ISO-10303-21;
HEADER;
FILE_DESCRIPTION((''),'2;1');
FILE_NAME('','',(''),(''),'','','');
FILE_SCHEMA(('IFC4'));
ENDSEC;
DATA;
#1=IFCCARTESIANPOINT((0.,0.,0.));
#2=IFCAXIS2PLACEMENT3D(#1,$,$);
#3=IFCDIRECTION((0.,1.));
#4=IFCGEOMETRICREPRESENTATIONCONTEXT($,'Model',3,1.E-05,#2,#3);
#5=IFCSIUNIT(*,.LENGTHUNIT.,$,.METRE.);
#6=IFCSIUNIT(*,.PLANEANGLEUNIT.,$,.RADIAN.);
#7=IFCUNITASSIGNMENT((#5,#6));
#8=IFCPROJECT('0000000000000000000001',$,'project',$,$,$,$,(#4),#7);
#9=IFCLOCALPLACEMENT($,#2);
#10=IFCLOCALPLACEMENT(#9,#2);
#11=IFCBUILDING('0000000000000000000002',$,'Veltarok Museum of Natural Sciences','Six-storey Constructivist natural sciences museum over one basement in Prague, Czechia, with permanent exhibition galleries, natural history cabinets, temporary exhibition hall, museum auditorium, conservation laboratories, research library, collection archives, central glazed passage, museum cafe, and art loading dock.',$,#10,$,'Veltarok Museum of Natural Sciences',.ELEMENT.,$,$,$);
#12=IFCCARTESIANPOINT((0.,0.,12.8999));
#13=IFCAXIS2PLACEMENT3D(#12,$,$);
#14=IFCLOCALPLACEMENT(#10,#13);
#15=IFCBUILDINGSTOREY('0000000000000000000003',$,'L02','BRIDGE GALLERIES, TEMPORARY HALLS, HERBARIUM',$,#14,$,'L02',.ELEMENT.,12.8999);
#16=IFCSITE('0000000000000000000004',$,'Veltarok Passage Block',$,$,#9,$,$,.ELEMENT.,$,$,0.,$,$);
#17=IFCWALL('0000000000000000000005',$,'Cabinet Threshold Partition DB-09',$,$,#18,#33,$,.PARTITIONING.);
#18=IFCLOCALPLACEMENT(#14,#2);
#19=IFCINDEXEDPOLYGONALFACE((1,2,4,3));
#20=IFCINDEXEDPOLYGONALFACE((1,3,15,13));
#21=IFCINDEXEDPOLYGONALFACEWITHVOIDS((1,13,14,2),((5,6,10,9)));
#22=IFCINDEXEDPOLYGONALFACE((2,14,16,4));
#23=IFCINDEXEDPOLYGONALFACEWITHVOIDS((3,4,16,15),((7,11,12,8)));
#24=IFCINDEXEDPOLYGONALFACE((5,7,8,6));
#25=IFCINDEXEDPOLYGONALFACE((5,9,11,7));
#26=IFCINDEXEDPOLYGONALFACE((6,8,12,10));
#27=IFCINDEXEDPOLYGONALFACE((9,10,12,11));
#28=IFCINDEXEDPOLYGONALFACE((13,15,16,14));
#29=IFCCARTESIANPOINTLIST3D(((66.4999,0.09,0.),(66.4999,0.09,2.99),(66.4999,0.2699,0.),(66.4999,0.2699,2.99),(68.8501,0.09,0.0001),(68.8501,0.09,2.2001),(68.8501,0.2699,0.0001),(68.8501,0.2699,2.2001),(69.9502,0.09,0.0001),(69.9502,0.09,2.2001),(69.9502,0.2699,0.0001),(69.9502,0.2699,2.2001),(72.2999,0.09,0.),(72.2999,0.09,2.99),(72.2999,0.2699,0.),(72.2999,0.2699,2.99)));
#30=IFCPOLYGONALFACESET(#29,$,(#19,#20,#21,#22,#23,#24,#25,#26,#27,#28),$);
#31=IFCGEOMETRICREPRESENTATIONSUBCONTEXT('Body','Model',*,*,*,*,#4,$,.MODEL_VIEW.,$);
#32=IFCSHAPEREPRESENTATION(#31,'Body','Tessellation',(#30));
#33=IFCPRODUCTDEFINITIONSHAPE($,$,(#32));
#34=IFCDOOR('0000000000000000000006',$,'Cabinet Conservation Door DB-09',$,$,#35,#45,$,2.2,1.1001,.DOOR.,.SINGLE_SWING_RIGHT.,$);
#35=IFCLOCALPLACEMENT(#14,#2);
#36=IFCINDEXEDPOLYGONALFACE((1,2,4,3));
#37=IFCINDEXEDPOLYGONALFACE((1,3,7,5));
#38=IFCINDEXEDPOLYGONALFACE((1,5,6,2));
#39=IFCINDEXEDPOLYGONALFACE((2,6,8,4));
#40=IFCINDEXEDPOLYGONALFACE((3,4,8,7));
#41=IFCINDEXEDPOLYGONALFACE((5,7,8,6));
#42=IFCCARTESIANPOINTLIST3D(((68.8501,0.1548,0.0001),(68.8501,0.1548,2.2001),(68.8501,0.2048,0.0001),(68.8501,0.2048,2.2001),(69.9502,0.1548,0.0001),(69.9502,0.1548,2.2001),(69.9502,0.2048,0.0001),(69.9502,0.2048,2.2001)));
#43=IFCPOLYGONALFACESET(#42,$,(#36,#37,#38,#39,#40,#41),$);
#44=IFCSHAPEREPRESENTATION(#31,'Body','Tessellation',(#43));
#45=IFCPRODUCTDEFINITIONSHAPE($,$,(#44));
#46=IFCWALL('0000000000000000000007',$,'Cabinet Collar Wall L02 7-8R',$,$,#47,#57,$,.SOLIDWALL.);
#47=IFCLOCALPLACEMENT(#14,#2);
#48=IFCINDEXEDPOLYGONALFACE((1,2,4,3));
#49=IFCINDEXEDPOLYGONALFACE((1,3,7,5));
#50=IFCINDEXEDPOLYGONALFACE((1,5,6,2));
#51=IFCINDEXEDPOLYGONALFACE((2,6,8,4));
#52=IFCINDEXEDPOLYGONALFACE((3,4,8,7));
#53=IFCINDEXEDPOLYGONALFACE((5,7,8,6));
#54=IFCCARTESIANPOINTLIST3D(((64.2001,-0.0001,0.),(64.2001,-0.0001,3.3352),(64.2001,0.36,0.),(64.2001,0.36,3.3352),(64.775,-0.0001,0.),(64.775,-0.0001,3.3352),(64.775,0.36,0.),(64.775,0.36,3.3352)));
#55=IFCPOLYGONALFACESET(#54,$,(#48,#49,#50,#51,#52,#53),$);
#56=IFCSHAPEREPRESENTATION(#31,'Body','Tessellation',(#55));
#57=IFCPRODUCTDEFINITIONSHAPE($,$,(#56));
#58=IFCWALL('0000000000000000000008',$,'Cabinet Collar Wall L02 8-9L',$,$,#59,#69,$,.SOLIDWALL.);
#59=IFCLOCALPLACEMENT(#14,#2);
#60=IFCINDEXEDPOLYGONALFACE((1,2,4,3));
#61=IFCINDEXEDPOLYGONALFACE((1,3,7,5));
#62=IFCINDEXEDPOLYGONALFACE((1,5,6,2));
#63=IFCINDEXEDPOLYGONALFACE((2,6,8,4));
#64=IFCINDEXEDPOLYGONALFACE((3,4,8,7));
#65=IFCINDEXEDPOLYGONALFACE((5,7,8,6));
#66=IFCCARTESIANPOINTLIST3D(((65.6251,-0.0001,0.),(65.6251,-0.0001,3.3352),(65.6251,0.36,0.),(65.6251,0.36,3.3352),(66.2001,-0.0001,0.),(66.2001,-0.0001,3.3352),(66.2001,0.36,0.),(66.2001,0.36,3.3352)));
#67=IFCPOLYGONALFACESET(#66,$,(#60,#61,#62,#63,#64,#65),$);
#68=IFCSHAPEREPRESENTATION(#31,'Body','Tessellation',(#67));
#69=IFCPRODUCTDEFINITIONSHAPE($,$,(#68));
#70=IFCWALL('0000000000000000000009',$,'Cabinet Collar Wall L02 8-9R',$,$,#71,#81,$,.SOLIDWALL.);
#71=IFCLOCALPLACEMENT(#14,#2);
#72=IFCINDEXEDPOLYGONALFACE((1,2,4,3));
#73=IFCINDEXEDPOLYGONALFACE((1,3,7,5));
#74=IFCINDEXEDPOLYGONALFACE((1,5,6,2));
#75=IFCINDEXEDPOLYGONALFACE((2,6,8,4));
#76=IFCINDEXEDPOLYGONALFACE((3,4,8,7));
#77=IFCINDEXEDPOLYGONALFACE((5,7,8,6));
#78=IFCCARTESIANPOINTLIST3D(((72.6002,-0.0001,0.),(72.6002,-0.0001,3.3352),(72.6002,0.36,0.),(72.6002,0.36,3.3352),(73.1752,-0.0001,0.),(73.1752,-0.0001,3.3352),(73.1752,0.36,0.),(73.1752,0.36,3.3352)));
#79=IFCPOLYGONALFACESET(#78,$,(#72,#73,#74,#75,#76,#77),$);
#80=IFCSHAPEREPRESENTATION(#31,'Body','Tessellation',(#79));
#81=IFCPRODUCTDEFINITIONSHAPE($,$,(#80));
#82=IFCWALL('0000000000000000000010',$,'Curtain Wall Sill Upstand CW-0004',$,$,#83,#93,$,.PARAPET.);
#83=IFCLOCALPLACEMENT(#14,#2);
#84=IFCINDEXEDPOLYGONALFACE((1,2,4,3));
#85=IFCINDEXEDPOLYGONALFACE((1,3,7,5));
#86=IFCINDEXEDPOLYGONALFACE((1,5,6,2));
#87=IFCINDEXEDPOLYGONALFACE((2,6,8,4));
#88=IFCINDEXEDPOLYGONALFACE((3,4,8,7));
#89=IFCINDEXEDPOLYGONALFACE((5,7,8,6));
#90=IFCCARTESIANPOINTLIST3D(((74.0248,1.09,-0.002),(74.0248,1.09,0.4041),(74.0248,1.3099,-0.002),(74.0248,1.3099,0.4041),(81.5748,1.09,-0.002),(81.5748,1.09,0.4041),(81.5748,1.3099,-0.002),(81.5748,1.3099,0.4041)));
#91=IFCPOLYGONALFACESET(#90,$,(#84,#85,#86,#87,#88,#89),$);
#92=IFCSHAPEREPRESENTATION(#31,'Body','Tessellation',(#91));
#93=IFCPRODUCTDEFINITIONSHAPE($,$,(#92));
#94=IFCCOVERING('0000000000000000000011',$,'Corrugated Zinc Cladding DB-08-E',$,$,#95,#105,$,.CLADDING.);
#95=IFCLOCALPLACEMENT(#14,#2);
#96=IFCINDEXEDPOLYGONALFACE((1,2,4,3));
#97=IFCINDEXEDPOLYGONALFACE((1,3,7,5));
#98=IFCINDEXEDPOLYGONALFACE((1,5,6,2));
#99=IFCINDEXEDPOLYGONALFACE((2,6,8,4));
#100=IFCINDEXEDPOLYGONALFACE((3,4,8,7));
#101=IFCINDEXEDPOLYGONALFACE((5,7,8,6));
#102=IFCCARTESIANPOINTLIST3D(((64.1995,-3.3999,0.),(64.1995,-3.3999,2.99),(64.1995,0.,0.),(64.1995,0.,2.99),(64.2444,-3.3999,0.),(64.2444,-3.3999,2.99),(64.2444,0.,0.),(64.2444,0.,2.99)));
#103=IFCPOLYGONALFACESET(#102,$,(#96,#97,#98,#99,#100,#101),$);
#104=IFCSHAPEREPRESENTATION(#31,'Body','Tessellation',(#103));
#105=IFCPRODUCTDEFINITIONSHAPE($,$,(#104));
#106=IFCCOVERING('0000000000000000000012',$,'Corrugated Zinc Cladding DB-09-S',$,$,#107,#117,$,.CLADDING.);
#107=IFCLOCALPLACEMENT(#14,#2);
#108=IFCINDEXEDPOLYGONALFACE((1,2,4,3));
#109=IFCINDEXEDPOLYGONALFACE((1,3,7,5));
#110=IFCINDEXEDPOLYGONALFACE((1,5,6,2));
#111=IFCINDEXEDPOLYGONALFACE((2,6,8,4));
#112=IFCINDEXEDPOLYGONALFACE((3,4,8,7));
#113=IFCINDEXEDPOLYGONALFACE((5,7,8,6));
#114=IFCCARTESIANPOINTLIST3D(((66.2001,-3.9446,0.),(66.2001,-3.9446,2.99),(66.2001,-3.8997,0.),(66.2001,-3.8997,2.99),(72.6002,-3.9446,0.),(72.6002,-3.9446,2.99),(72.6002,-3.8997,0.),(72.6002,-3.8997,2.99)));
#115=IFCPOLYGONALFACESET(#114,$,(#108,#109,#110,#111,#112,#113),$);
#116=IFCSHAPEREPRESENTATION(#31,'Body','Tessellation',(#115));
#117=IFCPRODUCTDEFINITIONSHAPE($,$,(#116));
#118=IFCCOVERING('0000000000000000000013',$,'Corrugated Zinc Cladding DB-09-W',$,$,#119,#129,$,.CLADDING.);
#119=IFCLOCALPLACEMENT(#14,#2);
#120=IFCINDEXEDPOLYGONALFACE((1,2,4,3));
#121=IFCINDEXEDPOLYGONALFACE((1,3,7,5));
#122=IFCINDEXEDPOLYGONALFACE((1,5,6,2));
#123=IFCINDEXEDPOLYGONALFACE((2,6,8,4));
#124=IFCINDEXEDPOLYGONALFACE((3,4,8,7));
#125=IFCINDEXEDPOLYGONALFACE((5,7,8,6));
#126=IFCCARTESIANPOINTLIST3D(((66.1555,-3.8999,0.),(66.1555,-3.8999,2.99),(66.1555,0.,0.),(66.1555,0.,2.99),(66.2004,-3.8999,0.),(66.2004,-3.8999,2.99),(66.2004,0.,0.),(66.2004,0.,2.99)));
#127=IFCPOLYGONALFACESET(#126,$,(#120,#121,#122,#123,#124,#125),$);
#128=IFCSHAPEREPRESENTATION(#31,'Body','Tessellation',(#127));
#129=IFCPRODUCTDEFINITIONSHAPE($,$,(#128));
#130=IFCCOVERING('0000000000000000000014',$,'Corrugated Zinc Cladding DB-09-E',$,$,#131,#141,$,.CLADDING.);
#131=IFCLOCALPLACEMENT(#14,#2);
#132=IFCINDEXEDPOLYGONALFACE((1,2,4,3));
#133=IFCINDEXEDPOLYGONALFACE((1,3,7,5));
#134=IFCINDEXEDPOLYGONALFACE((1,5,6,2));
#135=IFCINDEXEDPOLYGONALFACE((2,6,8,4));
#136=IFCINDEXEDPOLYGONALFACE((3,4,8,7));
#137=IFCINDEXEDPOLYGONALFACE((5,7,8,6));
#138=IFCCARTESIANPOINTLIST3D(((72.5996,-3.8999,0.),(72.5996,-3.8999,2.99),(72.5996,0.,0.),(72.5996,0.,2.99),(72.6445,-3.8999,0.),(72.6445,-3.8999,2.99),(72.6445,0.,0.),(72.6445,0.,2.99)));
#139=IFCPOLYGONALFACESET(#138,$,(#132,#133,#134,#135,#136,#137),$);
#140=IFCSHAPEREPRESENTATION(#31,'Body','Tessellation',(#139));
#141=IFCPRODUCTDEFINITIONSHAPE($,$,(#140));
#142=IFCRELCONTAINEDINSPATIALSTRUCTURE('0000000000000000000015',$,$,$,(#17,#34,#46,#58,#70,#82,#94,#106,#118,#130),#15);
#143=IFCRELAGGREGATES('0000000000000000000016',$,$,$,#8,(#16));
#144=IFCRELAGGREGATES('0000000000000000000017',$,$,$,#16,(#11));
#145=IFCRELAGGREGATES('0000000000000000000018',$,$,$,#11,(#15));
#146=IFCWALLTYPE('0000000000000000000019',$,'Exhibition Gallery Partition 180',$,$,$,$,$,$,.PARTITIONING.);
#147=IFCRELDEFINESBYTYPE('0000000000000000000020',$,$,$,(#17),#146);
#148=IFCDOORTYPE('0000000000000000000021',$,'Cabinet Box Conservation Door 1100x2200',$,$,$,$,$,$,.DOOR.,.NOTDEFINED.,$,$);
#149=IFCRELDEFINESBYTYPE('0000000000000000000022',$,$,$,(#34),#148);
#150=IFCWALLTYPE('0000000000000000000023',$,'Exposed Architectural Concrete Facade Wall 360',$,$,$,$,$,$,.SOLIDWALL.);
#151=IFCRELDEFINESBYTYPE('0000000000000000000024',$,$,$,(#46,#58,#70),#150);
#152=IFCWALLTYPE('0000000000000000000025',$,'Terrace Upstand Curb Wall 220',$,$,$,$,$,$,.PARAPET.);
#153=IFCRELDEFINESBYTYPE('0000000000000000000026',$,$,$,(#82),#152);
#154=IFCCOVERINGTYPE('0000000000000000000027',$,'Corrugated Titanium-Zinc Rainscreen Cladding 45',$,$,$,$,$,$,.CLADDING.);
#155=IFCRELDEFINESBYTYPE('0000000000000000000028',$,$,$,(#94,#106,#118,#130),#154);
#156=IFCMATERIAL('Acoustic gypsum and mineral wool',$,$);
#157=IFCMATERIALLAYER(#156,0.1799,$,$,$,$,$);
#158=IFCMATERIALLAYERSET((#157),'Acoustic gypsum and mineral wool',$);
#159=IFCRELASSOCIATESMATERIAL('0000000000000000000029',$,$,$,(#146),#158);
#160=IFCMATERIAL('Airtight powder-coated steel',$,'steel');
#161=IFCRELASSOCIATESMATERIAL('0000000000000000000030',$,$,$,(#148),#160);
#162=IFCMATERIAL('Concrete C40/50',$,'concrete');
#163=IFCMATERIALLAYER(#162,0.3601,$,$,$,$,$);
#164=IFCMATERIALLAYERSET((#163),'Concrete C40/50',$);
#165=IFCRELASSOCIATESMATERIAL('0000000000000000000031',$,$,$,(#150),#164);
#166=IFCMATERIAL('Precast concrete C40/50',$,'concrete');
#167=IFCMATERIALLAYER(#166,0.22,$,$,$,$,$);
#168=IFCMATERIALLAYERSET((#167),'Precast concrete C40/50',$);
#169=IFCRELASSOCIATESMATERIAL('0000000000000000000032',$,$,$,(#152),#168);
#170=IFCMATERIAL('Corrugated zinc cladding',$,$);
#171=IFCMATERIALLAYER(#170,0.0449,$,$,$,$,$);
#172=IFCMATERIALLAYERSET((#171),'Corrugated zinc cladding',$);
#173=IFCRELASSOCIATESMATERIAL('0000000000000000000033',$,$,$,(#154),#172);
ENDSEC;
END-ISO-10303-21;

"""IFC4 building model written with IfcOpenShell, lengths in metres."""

from ifc_helpers import new_model, si_unit, direction, frame, frame_2d, origin, place, context, subcontext, project, spatial, rectangle, extrude, material, layer, layer_set, type_object, element, fill, save


model = new_model("IFC4")

# Units and contexts
model_context = context("Model", 3, precision=1e-05, world=origin(), true_north=direction((0.0, 1.0)))
body_context = subcontext(model_context, "Body", "Model", "MODEL_VIEW")
ifc_project = project(units=[si_unit("LENGTHUNIT", "METRE"), si_unit("PLANEANGLEUNIT", "RADIAN")], contexts=[model_context])

# Site, building, storey
site_placement = place(None, origin())
site = spatial("IfcSite", under=ifc_project, at=site_placement, Name="Veltarok Passage Block", CompositionType="ELEMENT", RefElevation=0.0)
building_placement = place(site_placement, origin())
building = spatial("IfcBuilding", under=site, at=building_placement, Name="Veltarok Museum of Natural Sciences", Description="Six-storey Constructivist natural sciences museum over one basement in Prague, Czechia, with permanent exhibition galleries, natural history cabinets, temporary exhibition hall, museum auditorium, conservation laboratories, research library, collection archives, central glazed passage, museum cafe, and art loading dock.", LongName="Veltarok Museum of Natural Sciences", CompositionType="ELEMENT")
storey_placement = place(building_placement, frame((0.0, 0.0, 12.8999)))
storey = spatial("IfcBuildingStorey", under=building, at=storey_placement, Name="L02", Description="BRIDGE GALLERIES, TEMPORARY HALLS, HERBARIUM", LongName="L02", CompositionType="ELEMENT", Elevation=12.8999)

# Shared definitions
ifc_material_1 = material(Name="Concrete C40/50", Category="concrete")

# Shared definitions
ifc_material_2 = material(Name="Precast concrete C40/50", Category="concrete")

# Wall, opening, door
ifc_material_3 = material(Name="Acoustic gypsum and mineral wool")
ifc_layer_1 = layer(ifc_material_3, 0.1799)
ifc_layer_set_1 = layer_set([ifc_layer_1], Name="Acoustic gypsum and mineral wool")
wall_type_1 = type_object("IfcWallType", Name="Exhibition Gallery Partition 180", PredefinedType="PARTITIONING", material=ifc_layer_set_1)
wall_1_placement = place(storey_placement, frame((66.5, 0.1799, 0.0), z_axis=(0.0, 0.0, 1.0), x_axis=(1.0, 0.0, 0.0)))
wall_1 = element("IfcWall", 1, at=wall_1_placement, inside=storey, type_object=wall_type_1, Name="Cabinet Threshold Partition DB-09", PredefinedType="PARTITIONING", context=body_context, shape_type="SweptSolid", body=[
    extrude(rectangle(XDim=5.8, YDim=0.1799, at=frame_2d((2.8999, 0.0))), origin(), (0.0, 0.0, 1.0), 2.99),
])
opening_placement = place(wall_1_placement, frame((2.3501, 0.0, 0.0)))
opening = element("IfcOpeningElement", 2, at=opening_placement, cuts=wall_1, PredefinedType="OPENING", context=body_context, shape_type="SweptSolid", body=[
    extrude(rectangle(XDim=1.1001, YDim=2.2, at=frame_2d((0.55, 1.1001))), frame((0.0, 0.1001, 0.0), z_axis=(0.0, -1.0, 0.0), x_axis=(1.0, 0.0, 0.0)), (0.0, 0.0, 1.0), 0.2),
])
ifc_material_4 = material(Name="Airtight powder-coated steel", Category="steel")
door_type = type_object("IfcDoorType", Name="Cabinet Box Conservation Door 1100x2200", OperationType="NOTDEFINED", PredefinedType="DOOR", material=ifc_material_4)
door_placement = place(opening_placement, origin())
door = element("IfcDoor", 3, at=door_placement, inside=storey, type_object=door_type, Name="Cabinet Conservation Door DB-09", OperationType="SINGLE_SWING_RIGHT", OverallHeight=2.2, OverallWidth=1.1001, PredefinedType="DOOR", context=body_context, shape_type="SweptSolid", body=[
    extrude(rectangle(XDim=1.1001, YDim=2.2, at=frame_2d((0.55, 1.1001))), frame((0.0, 0.0249, 0.0), z_axis=(0.0, -1.0, 0.0), x_axis=(1.0, 0.0, 0.0)), (0.0, 0.0, 1.0), 0.05),
])
fill(opening, door)

# Walls
ifc_layer_2 = layer(ifc_material_1, 0.3601)
ifc_layer_set_2 = layer_set([ifc_layer_2], Name="Concrete C40/50")
wall_type_2 = type_object("IfcWallType", Name="Exposed Architectural Concrete Facade Wall 360", PredefinedType="SOLIDWALL", material=ifc_layer_set_2)
for number, where, z_axis, x_axis, name in (
    (4, (64.2, 0.1799, 0.0), (0.0, 0.0, 1.0), (1.0, 0.0, 0.0), "Cabinet Collar Wall L02 7-8R"),
    (5, (65.625, 0.1799, 0.0), (0.0, 0.0, 1.0), (1.0, 0.0, 0.0), "Cabinet Collar Wall L02 8-9L"),
    (6, (72.6001, 0.1799, 0.0), (0.0, 0.0, 1.0), (1.0, 0.0, 0.0), "Cabinet Collar Wall L02 8-9R"),
):
    element("IfcWall", number, at=place(storey_placement, frame(where, z_axis=z_axis, x_axis=x_axis)), inside=storey, type_object=wall_type_2, Name=name, PredefinedType="SOLIDWALL", context=body_context, shape_type="SweptSolid", body=[
        extrude(rectangle(XDim=0.575, YDim=0.3601, at=frame_2d((0.2876, 0.0))), origin(), (0.0, 0.0, 1.0), 3.3352),
    ])
ifc_layer_3 = layer(ifc_material_2, 0.22)
ifc_layer_set_3 = layer_set([ifc_layer_3], Name="Precast concrete C40/50")
wall_type_3 = type_object("IfcWallType", Name="Terrace Upstand Curb Wall 220", PredefinedType="PARAPET", material=ifc_layer_set_3)
wall_2_placement = place(storey_placement, frame((74.0249, 1.2, -0.002), z_axis=(0.0, 0.0, 1.0), x_axis=(1.0, 0.0, 0.0)))
element("IfcWall", 7, at=wall_2_placement, inside=storey, type_object=wall_type_3, Name="Curtain Wall Sill Upstand CW-0004", PredefinedType="PARAPET", context=body_context, shape_type="SweptSolid", body=[
    extrude(rectangle(XDim=7.55, YDim=0.22, at=frame_2d((3.7749, 0.0))), origin(), (0.0, 0.0, 1.0), 0.406),
])

# Coverings
ifc_material_5 = material(Name="Corrugated zinc cladding")
ifc_layer_4 = layer(ifc_material_5, 0.0449)
ifc_layer_set_4 = layer_set([ifc_layer_4], Name="Corrugated zinc cladding")
covering_type = type_object("IfcCoveringType", Name="Corrugated Titanium-Zinc Rainscreen Cladding 45", PredefinedType="CLADDING", material=ifc_layer_set_4)
covering_1_placement = place(storey_placement, frame((64.2219, -3.3999, 0.0), z_axis=(0.0, 0.0, 1.0), x_axis=(0.0, 1.0, 0.0)))
element("IfcCovering", 8, at=covering_1_placement, inside=storey, type_object=covering_type, Name="Corrugated Zinc Cladding DB-08-E", PredefinedType="CLADDING", context=body_context, shape_type="SweptSolid", body=[
    extrude(rectangle(XDim=3.3999, YDim=0.0449, at=frame_2d((1.7, 0.0))), origin(), (0.0, 0.0, 1.0), 2.99),
])
covering_2_placement = place(storey_placement, frame((66.2, -3.9221, 0.0), z_axis=(0.0, 0.0, 1.0), x_axis=(1.0, 0.0, 0.0)))
element("IfcCovering", 9, at=covering_2_placement, inside=storey, type_object=covering_type, Name="Corrugated Zinc Cladding DB-09-S", PredefinedType="CLADDING", context=body_context, shape_type="SweptSolid", body=[
    extrude(rectangle(XDim=6.4001, YDim=0.0449, at=frame_2d((3.2002, 0.0))), origin(), (0.0, 0.0, 1.0), 2.99),
])
for number, where, z_axis, x_axis, name in (
    (10, (66.178, 0.0, 0.0), (0.0, 0.0, 1.0), (0.0, -1.0, 0.0), "Corrugated Zinc Cladding DB-09-W"),
    (11, (72.6221, -3.8999, 0.0), (0.0, 0.0, 1.0), (0.0, 1.0, 0.0), "Corrugated Zinc Cladding DB-09-E"),
):
    element("IfcCovering", number, at=place(storey_placement, frame(where, z_axis=z_axis, x_axis=x_axis)), inside=storey, type_object=covering_type, Name=name, PredefinedType="CLADDING", context=body_context, shape_type="SweptSolid", body=[
        extrude(rectangle(XDim=3.8999, YDim=0.0449, at=frame_2d((1.95, 0.0))), origin(), (0.0, 0.0, 1.0), 2.99),
    ])

save(model, "model.ifc")
